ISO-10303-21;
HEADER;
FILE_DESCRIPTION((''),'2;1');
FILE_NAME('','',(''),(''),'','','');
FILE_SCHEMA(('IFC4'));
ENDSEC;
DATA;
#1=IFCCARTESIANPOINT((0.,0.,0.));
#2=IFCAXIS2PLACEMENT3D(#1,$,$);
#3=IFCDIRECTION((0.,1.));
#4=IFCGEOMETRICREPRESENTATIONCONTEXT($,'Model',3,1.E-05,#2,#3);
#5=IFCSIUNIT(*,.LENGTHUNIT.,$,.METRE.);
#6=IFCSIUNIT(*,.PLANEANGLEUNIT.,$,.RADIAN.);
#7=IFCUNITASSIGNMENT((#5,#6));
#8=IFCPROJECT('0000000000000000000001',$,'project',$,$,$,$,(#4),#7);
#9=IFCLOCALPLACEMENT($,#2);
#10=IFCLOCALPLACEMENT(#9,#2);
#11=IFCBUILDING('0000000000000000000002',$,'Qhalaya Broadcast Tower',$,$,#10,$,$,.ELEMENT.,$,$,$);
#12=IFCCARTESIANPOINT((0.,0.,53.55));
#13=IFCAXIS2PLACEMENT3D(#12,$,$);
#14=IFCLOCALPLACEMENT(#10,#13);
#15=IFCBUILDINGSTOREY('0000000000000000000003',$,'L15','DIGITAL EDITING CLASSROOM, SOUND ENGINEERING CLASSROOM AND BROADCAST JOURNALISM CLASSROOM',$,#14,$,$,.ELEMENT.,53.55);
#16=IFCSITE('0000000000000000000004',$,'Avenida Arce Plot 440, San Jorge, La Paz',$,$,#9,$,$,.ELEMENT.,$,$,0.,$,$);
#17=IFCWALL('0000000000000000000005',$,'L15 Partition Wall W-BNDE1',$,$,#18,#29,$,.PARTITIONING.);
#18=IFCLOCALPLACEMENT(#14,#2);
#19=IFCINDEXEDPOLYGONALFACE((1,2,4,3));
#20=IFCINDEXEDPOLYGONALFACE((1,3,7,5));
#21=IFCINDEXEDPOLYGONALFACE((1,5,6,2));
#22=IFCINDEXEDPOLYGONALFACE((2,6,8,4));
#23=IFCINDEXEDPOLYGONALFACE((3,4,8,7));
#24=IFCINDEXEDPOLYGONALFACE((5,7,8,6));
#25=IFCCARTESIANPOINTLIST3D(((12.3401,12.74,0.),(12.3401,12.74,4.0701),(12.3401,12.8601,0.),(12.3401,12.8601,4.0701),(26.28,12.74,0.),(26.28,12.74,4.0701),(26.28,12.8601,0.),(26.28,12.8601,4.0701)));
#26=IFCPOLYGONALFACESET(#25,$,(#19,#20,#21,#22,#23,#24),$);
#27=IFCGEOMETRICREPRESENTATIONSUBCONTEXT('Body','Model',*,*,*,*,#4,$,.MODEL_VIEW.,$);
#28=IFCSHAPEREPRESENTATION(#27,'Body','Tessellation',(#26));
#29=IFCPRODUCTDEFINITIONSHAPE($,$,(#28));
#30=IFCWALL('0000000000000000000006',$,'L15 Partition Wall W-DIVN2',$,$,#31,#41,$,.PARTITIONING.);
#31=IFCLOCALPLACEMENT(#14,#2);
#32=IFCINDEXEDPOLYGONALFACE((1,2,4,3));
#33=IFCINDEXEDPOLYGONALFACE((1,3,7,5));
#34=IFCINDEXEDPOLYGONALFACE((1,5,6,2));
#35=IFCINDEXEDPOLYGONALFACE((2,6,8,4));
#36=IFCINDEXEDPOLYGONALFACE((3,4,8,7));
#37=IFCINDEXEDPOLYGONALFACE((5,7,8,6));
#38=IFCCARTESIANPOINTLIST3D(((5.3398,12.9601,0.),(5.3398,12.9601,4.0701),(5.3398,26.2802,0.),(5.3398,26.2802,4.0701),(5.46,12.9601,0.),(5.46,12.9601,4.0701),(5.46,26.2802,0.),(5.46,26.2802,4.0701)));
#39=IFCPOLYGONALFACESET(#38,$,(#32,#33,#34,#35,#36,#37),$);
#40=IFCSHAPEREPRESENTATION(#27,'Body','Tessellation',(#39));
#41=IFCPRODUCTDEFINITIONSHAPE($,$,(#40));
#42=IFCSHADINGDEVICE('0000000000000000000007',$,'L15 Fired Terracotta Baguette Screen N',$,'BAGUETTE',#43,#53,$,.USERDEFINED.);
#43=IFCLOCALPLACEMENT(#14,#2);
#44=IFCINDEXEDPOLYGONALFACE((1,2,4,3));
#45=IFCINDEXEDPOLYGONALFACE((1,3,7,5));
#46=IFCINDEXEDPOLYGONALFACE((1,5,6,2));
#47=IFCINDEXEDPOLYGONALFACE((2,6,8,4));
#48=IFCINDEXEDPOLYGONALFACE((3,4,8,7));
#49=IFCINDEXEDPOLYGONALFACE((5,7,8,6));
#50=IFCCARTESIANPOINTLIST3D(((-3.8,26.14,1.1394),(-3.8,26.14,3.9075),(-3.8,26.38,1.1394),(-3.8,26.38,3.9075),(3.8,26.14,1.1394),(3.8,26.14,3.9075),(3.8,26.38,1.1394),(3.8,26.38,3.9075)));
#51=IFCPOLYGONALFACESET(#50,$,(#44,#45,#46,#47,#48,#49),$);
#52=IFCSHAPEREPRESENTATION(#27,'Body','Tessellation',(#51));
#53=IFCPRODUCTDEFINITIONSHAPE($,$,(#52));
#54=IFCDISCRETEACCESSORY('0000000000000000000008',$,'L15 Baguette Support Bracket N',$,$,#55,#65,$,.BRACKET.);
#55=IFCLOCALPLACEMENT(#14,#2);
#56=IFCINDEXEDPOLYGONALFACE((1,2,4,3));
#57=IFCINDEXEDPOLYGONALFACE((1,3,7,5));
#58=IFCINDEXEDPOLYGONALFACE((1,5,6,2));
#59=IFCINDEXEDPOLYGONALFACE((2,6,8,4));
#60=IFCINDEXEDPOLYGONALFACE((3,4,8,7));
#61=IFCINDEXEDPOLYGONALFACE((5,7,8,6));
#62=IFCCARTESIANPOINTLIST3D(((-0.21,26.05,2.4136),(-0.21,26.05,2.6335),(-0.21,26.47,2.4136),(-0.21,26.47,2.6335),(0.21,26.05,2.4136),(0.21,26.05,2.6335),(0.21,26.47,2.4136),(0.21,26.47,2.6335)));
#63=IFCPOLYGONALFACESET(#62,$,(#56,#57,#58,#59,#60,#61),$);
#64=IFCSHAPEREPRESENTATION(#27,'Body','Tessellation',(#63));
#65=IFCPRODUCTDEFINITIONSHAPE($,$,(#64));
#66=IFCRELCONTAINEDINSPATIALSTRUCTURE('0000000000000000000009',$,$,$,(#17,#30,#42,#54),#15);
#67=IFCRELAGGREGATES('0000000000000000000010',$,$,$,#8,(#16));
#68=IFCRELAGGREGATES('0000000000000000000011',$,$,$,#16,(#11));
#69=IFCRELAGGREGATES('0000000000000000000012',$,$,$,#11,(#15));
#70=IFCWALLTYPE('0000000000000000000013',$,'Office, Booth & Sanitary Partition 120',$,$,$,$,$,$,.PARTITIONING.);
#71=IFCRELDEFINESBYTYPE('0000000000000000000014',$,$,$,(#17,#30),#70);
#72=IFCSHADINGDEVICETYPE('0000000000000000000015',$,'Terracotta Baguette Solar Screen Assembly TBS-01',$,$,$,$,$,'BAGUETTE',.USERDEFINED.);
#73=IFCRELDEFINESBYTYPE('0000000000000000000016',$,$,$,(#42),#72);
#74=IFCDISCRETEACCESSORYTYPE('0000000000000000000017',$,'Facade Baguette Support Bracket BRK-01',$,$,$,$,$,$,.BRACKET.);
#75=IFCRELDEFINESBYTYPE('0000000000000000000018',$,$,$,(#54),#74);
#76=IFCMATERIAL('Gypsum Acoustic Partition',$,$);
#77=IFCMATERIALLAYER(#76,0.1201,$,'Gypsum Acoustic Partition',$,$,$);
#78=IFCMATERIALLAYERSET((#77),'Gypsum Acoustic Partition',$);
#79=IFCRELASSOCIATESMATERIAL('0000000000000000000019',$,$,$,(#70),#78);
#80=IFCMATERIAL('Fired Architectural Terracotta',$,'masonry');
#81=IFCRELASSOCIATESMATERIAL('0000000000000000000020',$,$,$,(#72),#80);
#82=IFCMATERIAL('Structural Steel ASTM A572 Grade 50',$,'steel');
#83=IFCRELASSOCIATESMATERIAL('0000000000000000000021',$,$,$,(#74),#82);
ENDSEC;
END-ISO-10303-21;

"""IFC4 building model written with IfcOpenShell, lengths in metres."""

from ifc_helpers import new_model, si_unit, direction, frame, frame_2d, origin, origin_2d, place, context, subcontext, project, spatial, rectangle, extrude, material, layer, layer_set, type_object, element, save


model = new_model("IFC4")

# Units and contexts
model_context = context("Model", 3, precision=1e-05, world=origin(), true_north=direction((0.0, 1.0)))
body_context = subcontext(model_context, "Body", "Model", "MODEL_VIEW")
ifc_project = project(units=[si_unit("LENGTHUNIT", "METRE"), si_unit("PLANEANGLEUNIT", "RADIAN")], contexts=[model_context])

# Site, building, storey
site_placement = place(None, origin())
site = spatial("IfcSite", under=ifc_project, at=site_placement, Name="Avenida Arce Plot 440, San Jorge, La Paz", CompositionType="ELEMENT", RefElevation=0.0)
building_placement = place(site_placement, origin())
building = spatial("IfcBuilding", under=site, at=building_placement, Name="Qhalaya Broadcast Tower", CompositionType="ELEMENT")
storey_placement = place(building_placement, frame((0.0, 0.0, 53.55)))
storey = spatial("IfcBuildingStorey", under=building, at=storey_placement, Name="L15", Description="DIGITAL EDITING CLASSROOM, SOUND ENGINEERING CLASSROOM AND BROADCAST JOURNALISM CLASSROOM", CompositionType="ELEMENT", Elevation=53.55)

# Shared definitions
ifc_material_1 = material(Name="Structural Steel ASTM A572 Grade 50", Category="steel")

# Shared definitions
ifc_material_2 = material(Name="Fired Architectural Terracotta", Category="masonry")

# Shared definitions
ifc_material_3 = material(Name="Gypsum Acoustic Partition")

# Walls
ifc_layer_1 = layer(ifc_material_3, 0.1201, Name="Gypsum Acoustic Partition")
ifc_layer_set_1 = layer_set([ifc_layer_1], Name="Gypsum Acoustic Partition")
wall_type_1 = type_object("IfcWallType", Name="Office, Booth & Sanitary Partition 120", PredefinedType="PARTITIONING", material=ifc_layer_set_1)
wall_1_placement = place(storey_placement, frame((12.3401, 12.8, 0.0), z_axis=(0.0, 0.0, 1.0), x_axis=(1.0, 0.0, 0.0)))
element("IfcWall", 1, at=wall_1_placement, inside=storey, type_object=wall_type_1, Name="L15 Partition Wall W-BNDE1", PredefinedType="PARTITIONING", context=body_context, shape_type="SweptSolid", body=[
    extrude(rectangle(XDim=13.9399, YDim=0.1201, at=frame_2d((6.97, 0.0))), origin(), (0.0, 0.0, 1.0), 4.0701),
])
wall_2_placement = place(storey_placement, frame((5.3999, 12.96, 0.0), z_axis=(0.0, 0.0, 1.0), x_axis=(0.0, 1.0, 0.0)))
element("IfcWall", 2, at=wall_2_placement, inside=storey, type_object=wall_type_1, Name="L15 Partition Wall W-DIVN2", PredefinedType="PARTITIONING", context=body_context, shape_type="SweptSolid", body=[
    extrude(rectangle(XDim=13.3201, YDim=0.1201, at=frame_2d((6.6602, 0.0))), origin(), (0.0, 0.0, 1.0), 4.0701),
])

# Shading device
shading_device_type = type_object("IfcShadingDeviceType", Name="Terracotta Baguette Solar Screen Assembly TBS-01", ElementType="BAGUETTE", PredefinedType="USERDEFINED", material=ifc_material_2)
shading_device_placement = place(storey_placement, frame((0.0, 26.26, 1.1394), z_axis=(0.0, 0.0, 1.0), x_axis=(-1.0, 0.0, 0.0)))
element("IfcShadingDevice", 3, at=shading_device_placement, inside=storey, type_object=shading_device_type, Name="L15 Fired Terracotta Baguette Screen N", ObjectType="BAGUETTE", PredefinedType="USERDEFINED", context=body_context, shape_type="SweptSolid", body=[
    extrude(rectangle(XDim=7.6001, YDim=0.24, at=origin_2d()), origin(), (0.0, 0.0, 1.0), 2.7681),
])

# Discrete accessory
discrete_accessory_type = type_object("IfcDiscreteAccessoryType", Name="Facade Baguette Support Bracket BRK-01", PredefinedType="BRACKET", material=ifc_material_1)
discrete_accessory_placement = place(storey_placement, frame((0.0, 26.26, 2.4136), z_axis=(0.0, 0.0, 1.0), x_axis=(-1.0, 0.0, 0.0)))
element("IfcDiscreteAccessory", 4, at=discrete_accessory_placement, inside=storey, type_object=discrete_accessory_type, Name="L15 Baguette Support Bracket N", PredefinedType="BRACKET", context=body_context, shape_type="SweptSolid", body=[
    extrude(rectangle(XDim=0.4199, YDim=0.4199, at=origin_2d()), origin(), (0.0, 0.0, 1.0), 0.22),
])

save(model, "model.ifc")
